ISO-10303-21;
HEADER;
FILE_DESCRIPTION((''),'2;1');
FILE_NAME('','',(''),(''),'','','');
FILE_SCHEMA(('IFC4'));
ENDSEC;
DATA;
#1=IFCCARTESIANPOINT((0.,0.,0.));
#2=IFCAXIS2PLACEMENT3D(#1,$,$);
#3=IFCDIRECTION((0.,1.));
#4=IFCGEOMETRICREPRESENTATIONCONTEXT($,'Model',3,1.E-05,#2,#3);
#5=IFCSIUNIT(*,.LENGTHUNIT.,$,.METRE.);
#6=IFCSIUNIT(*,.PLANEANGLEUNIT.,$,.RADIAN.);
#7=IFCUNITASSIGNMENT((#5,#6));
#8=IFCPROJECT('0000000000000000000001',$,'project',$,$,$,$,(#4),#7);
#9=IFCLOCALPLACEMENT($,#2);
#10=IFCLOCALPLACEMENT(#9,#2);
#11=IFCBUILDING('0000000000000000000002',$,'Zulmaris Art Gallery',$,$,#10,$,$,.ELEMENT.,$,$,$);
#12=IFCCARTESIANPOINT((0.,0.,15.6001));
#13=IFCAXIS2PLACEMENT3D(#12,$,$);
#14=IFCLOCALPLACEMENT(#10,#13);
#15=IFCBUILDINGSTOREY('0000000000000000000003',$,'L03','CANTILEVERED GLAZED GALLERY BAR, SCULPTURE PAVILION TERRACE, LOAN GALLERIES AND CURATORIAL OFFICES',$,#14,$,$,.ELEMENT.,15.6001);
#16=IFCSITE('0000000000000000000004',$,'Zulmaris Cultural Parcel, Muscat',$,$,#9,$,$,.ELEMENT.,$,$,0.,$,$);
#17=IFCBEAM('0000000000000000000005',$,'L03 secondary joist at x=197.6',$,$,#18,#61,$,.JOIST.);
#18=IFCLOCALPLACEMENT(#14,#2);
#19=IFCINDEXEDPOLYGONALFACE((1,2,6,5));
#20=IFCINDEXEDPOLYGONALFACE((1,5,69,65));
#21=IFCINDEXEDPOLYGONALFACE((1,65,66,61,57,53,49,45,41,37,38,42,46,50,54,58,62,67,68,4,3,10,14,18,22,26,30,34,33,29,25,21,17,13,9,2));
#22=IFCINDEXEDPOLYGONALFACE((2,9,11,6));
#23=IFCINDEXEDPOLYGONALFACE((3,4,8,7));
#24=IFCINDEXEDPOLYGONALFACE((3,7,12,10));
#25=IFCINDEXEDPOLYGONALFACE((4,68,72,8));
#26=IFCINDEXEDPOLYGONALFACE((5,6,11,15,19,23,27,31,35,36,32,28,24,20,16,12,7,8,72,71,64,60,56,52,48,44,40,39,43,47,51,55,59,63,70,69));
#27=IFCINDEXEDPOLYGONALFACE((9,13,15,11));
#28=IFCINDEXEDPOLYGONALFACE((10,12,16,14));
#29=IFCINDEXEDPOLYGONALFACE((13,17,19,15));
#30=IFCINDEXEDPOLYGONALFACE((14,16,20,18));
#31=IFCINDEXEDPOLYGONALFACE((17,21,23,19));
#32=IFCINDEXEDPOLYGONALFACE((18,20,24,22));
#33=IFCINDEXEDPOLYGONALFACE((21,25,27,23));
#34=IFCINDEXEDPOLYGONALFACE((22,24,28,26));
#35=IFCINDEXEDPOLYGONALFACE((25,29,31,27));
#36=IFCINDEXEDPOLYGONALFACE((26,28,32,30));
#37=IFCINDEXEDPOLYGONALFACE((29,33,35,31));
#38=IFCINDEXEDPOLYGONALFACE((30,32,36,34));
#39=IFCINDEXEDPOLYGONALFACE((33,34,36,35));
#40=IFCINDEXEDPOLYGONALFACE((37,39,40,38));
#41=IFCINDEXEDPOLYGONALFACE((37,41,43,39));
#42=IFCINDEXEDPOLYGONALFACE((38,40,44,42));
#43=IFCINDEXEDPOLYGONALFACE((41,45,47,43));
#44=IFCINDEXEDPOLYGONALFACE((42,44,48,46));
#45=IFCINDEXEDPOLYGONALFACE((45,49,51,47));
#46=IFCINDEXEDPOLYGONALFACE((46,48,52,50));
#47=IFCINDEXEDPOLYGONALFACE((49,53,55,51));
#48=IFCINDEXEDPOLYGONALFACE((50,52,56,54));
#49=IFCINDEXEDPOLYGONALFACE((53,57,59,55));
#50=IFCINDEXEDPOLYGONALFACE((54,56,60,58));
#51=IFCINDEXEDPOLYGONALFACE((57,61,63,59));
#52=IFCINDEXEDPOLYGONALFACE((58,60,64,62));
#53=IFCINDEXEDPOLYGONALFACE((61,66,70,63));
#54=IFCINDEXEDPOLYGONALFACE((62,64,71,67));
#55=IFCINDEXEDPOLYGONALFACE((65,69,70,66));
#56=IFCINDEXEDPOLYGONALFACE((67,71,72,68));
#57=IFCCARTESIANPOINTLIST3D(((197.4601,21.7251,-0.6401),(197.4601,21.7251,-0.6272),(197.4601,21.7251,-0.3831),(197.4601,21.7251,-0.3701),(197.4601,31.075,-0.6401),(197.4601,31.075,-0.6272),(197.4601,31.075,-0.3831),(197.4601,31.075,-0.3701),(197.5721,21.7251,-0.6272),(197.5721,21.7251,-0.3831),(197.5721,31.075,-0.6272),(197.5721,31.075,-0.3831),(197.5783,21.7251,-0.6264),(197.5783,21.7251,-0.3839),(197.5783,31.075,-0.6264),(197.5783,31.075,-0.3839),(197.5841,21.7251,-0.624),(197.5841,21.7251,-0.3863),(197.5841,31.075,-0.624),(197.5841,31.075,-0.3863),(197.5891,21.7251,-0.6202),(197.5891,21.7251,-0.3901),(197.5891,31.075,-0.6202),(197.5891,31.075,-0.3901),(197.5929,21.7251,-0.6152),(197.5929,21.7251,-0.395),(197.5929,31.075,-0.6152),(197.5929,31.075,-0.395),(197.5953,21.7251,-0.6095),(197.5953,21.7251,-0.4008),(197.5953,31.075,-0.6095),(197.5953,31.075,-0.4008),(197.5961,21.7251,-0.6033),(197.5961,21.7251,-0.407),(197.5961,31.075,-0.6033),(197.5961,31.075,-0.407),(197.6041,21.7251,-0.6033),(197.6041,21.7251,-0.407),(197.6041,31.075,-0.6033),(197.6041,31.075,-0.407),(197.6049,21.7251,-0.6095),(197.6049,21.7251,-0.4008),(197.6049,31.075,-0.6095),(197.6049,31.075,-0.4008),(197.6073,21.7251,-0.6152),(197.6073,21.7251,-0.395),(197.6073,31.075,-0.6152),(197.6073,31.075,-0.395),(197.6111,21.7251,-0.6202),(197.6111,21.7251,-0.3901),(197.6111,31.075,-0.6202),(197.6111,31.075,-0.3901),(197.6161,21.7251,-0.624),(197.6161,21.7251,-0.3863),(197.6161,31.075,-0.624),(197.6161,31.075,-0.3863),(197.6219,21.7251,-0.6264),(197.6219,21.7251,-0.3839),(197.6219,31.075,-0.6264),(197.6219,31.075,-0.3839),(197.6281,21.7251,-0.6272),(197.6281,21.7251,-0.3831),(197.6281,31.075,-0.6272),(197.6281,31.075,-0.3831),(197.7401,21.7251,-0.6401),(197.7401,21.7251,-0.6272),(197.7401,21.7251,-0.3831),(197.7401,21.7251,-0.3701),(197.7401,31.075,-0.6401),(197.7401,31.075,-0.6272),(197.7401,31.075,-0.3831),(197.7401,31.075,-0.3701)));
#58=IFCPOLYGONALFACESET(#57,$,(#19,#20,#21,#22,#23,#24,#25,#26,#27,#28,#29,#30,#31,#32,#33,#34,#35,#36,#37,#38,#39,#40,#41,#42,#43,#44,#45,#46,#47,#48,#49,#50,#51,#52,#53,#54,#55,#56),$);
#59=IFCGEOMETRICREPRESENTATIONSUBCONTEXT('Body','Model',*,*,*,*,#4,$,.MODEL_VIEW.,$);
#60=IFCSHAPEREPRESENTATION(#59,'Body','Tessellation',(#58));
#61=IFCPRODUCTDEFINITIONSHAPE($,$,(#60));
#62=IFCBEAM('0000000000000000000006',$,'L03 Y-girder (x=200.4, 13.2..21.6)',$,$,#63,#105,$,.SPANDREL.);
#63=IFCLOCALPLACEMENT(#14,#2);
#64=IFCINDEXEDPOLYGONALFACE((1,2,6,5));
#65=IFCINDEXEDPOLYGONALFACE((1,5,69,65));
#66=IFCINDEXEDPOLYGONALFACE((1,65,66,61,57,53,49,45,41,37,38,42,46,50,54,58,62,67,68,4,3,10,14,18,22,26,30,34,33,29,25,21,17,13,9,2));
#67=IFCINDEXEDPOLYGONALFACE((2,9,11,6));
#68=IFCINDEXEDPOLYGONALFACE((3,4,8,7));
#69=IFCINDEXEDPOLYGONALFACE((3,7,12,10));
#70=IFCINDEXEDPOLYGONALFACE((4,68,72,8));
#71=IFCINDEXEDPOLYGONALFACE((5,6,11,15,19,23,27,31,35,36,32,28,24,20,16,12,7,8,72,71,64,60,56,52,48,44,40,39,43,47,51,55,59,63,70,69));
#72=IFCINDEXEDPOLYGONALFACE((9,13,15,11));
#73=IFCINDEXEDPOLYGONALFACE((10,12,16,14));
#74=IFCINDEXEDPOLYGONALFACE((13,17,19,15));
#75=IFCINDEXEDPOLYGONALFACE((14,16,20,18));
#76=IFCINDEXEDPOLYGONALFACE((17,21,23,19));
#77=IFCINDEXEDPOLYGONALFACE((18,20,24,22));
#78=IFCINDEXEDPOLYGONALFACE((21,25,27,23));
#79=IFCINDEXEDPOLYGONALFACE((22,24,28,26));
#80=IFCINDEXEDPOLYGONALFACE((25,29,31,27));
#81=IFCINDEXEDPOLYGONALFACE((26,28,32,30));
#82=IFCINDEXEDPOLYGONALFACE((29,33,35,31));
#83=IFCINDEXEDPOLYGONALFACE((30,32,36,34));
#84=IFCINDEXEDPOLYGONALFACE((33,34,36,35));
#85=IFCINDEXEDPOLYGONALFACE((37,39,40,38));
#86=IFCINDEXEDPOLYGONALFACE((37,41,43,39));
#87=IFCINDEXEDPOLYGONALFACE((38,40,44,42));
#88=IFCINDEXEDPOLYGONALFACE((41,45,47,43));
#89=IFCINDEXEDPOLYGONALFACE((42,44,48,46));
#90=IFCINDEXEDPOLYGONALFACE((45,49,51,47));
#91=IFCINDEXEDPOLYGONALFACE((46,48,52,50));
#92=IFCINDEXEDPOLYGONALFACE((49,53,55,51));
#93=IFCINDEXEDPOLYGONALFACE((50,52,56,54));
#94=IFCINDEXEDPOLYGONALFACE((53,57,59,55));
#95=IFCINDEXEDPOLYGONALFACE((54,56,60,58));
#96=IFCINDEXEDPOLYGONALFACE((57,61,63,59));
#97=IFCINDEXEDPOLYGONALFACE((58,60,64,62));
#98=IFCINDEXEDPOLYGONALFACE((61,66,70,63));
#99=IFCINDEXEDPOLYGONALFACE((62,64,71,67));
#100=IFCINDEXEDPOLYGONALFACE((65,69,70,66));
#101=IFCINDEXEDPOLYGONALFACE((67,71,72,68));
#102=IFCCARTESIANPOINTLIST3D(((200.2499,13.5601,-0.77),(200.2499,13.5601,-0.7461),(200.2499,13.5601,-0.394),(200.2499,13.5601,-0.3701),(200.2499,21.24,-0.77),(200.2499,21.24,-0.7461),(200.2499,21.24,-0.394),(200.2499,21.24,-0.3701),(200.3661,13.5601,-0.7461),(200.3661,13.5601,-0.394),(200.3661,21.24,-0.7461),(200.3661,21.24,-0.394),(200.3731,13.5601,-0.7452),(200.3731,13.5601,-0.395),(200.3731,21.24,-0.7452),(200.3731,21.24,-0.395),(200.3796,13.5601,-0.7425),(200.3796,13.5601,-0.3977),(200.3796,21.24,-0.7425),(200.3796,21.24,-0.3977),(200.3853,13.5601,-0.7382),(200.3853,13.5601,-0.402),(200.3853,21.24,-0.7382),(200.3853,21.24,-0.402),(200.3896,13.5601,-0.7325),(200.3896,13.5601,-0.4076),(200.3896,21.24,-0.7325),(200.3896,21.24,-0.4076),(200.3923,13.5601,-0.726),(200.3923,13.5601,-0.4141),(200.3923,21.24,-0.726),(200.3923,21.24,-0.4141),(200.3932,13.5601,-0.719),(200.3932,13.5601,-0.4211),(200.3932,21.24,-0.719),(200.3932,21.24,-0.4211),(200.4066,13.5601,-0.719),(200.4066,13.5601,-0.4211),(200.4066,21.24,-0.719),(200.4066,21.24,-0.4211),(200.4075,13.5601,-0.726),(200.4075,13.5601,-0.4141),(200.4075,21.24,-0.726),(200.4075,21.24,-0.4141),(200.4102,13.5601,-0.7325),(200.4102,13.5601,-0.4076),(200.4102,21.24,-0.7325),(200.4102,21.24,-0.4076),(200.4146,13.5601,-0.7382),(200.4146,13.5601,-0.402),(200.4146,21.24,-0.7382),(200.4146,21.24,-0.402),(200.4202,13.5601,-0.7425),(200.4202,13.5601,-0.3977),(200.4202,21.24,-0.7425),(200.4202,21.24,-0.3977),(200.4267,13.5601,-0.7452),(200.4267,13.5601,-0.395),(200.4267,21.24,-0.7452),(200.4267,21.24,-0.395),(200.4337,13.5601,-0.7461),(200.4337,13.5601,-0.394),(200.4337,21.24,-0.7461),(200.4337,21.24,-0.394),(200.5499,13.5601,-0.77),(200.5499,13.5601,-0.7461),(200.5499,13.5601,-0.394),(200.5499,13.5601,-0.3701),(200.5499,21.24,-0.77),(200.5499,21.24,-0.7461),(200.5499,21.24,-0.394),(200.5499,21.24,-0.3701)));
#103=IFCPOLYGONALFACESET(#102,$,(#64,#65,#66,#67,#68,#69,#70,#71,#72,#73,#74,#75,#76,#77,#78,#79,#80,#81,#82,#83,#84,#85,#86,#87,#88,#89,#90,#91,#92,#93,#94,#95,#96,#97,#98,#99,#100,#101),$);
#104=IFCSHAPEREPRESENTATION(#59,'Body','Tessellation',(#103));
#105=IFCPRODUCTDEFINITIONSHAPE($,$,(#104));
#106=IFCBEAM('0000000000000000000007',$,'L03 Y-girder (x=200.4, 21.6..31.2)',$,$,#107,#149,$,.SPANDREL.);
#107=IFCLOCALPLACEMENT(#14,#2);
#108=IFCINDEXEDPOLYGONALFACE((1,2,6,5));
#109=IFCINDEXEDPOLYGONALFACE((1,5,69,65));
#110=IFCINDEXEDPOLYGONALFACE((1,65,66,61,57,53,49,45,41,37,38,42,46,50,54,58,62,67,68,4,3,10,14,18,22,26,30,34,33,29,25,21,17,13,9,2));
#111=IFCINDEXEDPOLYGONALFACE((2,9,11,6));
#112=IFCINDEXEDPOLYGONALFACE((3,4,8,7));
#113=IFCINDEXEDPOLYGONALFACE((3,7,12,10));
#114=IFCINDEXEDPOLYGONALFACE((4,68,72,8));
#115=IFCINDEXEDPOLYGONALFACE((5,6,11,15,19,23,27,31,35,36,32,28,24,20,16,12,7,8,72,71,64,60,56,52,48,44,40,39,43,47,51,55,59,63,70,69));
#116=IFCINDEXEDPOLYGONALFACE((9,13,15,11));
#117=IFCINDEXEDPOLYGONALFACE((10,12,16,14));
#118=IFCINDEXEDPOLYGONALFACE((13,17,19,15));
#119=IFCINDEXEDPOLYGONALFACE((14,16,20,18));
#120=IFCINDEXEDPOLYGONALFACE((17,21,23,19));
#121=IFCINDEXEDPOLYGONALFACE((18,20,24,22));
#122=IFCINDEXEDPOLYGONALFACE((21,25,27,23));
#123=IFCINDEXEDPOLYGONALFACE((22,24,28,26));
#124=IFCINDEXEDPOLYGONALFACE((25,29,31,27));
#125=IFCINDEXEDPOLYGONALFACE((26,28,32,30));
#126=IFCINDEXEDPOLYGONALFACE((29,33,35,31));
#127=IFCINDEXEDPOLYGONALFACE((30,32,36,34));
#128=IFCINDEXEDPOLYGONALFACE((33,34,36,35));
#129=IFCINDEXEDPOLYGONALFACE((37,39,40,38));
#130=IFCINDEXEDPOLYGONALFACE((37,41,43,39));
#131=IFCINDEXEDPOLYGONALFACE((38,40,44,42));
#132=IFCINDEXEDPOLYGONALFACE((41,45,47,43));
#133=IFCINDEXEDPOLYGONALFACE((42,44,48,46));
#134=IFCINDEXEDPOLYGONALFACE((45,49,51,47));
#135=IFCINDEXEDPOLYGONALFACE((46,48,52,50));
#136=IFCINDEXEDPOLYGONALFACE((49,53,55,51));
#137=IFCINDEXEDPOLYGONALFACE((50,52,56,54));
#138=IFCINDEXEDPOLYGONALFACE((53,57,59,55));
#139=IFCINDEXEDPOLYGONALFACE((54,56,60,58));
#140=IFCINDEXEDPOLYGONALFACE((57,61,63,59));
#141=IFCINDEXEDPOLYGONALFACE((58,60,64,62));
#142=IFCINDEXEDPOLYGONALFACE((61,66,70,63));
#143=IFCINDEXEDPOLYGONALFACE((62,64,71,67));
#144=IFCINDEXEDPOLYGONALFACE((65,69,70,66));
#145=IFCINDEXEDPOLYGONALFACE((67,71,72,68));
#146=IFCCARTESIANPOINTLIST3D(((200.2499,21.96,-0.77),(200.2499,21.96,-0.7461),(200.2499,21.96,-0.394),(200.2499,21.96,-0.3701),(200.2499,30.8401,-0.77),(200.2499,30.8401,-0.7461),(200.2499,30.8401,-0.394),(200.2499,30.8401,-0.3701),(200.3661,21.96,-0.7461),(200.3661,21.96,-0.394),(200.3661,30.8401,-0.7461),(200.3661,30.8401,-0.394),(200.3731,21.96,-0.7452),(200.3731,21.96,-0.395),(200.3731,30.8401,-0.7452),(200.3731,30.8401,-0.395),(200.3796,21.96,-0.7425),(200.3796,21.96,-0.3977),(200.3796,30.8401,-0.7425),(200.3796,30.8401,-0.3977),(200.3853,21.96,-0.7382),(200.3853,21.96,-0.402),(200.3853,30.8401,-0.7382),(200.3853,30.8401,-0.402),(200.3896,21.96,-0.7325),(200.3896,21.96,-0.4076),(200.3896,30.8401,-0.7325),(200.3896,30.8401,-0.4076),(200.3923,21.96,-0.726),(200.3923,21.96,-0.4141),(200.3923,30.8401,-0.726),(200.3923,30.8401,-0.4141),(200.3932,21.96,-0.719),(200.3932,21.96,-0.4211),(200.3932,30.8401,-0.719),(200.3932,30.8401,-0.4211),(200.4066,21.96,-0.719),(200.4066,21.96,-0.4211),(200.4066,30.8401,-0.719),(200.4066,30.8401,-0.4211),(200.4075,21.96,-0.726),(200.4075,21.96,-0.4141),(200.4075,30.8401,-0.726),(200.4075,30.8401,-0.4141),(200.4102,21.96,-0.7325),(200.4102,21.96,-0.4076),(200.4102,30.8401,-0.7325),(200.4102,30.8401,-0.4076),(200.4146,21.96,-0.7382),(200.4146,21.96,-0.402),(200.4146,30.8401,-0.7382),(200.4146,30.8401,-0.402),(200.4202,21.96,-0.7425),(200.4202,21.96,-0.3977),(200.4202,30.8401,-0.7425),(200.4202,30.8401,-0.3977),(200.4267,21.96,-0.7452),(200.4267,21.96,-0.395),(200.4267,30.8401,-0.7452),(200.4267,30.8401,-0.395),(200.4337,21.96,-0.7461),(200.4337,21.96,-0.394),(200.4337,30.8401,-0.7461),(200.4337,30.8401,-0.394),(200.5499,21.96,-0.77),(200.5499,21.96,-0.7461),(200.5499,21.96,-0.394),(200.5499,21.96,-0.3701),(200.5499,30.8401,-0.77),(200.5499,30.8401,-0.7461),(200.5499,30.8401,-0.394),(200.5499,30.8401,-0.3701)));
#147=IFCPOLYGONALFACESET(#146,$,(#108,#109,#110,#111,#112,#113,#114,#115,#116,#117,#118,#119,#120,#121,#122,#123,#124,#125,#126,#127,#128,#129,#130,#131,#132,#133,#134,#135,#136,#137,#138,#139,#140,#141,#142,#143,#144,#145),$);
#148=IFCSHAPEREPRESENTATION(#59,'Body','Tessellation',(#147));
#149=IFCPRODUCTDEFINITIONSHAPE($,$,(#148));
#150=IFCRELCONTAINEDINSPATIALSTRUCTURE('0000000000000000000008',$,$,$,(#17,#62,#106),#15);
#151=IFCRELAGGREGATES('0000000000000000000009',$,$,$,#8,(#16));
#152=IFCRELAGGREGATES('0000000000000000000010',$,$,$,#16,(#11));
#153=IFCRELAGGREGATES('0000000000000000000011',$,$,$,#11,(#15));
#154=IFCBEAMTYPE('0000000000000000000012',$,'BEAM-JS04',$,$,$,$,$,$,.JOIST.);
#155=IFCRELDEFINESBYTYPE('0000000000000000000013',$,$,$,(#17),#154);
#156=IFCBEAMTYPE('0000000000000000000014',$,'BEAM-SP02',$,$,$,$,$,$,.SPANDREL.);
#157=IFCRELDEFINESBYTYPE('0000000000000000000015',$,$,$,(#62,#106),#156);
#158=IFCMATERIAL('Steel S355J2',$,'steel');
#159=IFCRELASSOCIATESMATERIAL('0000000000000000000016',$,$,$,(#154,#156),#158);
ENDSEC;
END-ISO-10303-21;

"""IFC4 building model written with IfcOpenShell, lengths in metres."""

from ifc_helpers import new_model, si_unit, direction, frame, origin, origin_2d, place, context, subcontext, project, spatial, i_section, extrude, material, material_profile, profile_set, type_object, element, save


model = new_model("IFC4")

# Units and contexts
model_context = context("Model", 3, precision=1e-05, world=origin(), true_north=direction((0.0, 1.0)))
body_context = subcontext(model_context, "Body", "Model", "MODEL_VIEW")
ifc_project = project(units=[si_unit("LENGTHUNIT", "METRE"), si_unit("PLANEANGLEUNIT", "RADIAN")], contexts=[model_context])

# Site, building, storey
site_placement = place(None, origin())
site = spatial("IfcSite", under=ifc_project, at=site_placement, Name="Zulmaris Cultural Parcel, Muscat", CompositionType="ELEMENT", RefElevation=0.0)
building_placement = place(site_placement, origin())
building = spatial("IfcBuilding", under=site, at=building_placement, Name="Zulmaris Art Gallery", CompositionType="ELEMENT")
storey_placement = place(building_placement, frame((0.0, 0.0, 15.6001)))
storey = spatial("IfcBuildingStorey", under=building, at=storey_placement, Name="L03", Description="CANTILEVERED GLAZED GALLERY BAR, SCULPTURE PAVILION TERRACE, LOAN GALLERIES AND CURATORIAL OFFICES", CompositionType="ELEMENT", Elevation=15.6001)

# Beams
ifc_material_1 = material(Name="Steel S355J2", Category="steel")
ifc_material_profile_1 = material_profile(ifc_material_1, i_section(OverallWidth=0.28, OverallDepth=0.27, WebThickness=0.0081, FlangeThickness=0.0129, FilletRadius=0.0239, at=origin_2d()), Name="HEA 280")
ifc_profile_set_1 = profile_set([ifc_material_profile_1], Name="Steel S355J2")
beam_type_1 = type_object("IfcBeamType", Name="BEAM-JS04", PredefinedType="JOIST", material=ifc_profile_set_1)
beam_1_placement = place(storey_placement, frame((197.6001, 21.7251, -0.5051), z_axis=(0.0, 1.0, 0.0), x_axis=(-1.0, 0.0, 0.0)))
element("IfcBeam", 1, at=beam_1_placement, inside=storey, type_object=beam_type_1, Name="L03 secondary joist at x=197.6", PredefinedType="JOIST", context=body_context, shape_type="SweptSolid", body=[
    extrude(i_section(OverallWidth=0.28, OverallDepth=0.27, WebThickness=0.0081, FlangeThickness=0.0129, FilletRadius=0.0239, at=origin_2d()), origin(), (0.0, 0.0, 1.0), 9.3499),
])
ifc_material_profile_2 = material_profile(ifc_material_1, i_section(OverallWidth=0.3, OverallDepth=0.3999, WebThickness=0.0134, FlangeThickness=0.0239, FilletRadius=0.0271, at=origin_2d()), Name="HEB 400")
ifc_profile_set_2 = profile_set([ifc_material_profile_2], Name="Steel S355J2")
beam_type_2 = type_object("IfcBeamType", Name="BEAM-SP02", PredefinedType="SPANDREL", material=ifc_profile_set_2)
beam_2_placement = place(storey_placement, frame((200.3999, 13.5601, -0.5701), z_axis=(0.0, 1.0, 0.0), x_axis=(-1.0, 0.0, 0.0)))
element("IfcBeam", 2, at=beam_2_placement, inside=storey, type_object=beam_type_2, Name="L03 Y-girder (x=200.4, 13.2..21.6)", PredefinedType="SPANDREL", context=body_context, shape_type="SweptSolid", body=[
    extrude(i_section(OverallWidth=0.3, OverallDepth=0.3999, WebThickness=0.0134, FlangeThickness=0.0239, FilletRadius=0.0271, at=origin_2d()), origin(), (0.0, 0.0, 1.0), 7.6799),
])
beam_3_placement = place(storey_placement, frame((200.3999, 21.96, -0.5701), z_axis=(0.0, 1.0, 0.0), x_axis=(-1.0, 0.0, 0.0)))
element("IfcBeam", 3, at=beam_3_placement, inside=storey, type_object=beam_type_2, Name="L03 Y-girder (x=200.4, 21.6..31.2)", PredefinedType="SPANDREL", context=body_context, shape_type="SweptSolid", body=[
    extrude(i_section(OverallWidth=0.3, OverallDepth=0.3999, WebThickness=0.0134, FlangeThickness=0.0239, FilletRadius=0.0271, at=origin_2d()), origin(), (0.0, 0.0, 1.0), 8.8801),
])

save(model, "model.ifc")
